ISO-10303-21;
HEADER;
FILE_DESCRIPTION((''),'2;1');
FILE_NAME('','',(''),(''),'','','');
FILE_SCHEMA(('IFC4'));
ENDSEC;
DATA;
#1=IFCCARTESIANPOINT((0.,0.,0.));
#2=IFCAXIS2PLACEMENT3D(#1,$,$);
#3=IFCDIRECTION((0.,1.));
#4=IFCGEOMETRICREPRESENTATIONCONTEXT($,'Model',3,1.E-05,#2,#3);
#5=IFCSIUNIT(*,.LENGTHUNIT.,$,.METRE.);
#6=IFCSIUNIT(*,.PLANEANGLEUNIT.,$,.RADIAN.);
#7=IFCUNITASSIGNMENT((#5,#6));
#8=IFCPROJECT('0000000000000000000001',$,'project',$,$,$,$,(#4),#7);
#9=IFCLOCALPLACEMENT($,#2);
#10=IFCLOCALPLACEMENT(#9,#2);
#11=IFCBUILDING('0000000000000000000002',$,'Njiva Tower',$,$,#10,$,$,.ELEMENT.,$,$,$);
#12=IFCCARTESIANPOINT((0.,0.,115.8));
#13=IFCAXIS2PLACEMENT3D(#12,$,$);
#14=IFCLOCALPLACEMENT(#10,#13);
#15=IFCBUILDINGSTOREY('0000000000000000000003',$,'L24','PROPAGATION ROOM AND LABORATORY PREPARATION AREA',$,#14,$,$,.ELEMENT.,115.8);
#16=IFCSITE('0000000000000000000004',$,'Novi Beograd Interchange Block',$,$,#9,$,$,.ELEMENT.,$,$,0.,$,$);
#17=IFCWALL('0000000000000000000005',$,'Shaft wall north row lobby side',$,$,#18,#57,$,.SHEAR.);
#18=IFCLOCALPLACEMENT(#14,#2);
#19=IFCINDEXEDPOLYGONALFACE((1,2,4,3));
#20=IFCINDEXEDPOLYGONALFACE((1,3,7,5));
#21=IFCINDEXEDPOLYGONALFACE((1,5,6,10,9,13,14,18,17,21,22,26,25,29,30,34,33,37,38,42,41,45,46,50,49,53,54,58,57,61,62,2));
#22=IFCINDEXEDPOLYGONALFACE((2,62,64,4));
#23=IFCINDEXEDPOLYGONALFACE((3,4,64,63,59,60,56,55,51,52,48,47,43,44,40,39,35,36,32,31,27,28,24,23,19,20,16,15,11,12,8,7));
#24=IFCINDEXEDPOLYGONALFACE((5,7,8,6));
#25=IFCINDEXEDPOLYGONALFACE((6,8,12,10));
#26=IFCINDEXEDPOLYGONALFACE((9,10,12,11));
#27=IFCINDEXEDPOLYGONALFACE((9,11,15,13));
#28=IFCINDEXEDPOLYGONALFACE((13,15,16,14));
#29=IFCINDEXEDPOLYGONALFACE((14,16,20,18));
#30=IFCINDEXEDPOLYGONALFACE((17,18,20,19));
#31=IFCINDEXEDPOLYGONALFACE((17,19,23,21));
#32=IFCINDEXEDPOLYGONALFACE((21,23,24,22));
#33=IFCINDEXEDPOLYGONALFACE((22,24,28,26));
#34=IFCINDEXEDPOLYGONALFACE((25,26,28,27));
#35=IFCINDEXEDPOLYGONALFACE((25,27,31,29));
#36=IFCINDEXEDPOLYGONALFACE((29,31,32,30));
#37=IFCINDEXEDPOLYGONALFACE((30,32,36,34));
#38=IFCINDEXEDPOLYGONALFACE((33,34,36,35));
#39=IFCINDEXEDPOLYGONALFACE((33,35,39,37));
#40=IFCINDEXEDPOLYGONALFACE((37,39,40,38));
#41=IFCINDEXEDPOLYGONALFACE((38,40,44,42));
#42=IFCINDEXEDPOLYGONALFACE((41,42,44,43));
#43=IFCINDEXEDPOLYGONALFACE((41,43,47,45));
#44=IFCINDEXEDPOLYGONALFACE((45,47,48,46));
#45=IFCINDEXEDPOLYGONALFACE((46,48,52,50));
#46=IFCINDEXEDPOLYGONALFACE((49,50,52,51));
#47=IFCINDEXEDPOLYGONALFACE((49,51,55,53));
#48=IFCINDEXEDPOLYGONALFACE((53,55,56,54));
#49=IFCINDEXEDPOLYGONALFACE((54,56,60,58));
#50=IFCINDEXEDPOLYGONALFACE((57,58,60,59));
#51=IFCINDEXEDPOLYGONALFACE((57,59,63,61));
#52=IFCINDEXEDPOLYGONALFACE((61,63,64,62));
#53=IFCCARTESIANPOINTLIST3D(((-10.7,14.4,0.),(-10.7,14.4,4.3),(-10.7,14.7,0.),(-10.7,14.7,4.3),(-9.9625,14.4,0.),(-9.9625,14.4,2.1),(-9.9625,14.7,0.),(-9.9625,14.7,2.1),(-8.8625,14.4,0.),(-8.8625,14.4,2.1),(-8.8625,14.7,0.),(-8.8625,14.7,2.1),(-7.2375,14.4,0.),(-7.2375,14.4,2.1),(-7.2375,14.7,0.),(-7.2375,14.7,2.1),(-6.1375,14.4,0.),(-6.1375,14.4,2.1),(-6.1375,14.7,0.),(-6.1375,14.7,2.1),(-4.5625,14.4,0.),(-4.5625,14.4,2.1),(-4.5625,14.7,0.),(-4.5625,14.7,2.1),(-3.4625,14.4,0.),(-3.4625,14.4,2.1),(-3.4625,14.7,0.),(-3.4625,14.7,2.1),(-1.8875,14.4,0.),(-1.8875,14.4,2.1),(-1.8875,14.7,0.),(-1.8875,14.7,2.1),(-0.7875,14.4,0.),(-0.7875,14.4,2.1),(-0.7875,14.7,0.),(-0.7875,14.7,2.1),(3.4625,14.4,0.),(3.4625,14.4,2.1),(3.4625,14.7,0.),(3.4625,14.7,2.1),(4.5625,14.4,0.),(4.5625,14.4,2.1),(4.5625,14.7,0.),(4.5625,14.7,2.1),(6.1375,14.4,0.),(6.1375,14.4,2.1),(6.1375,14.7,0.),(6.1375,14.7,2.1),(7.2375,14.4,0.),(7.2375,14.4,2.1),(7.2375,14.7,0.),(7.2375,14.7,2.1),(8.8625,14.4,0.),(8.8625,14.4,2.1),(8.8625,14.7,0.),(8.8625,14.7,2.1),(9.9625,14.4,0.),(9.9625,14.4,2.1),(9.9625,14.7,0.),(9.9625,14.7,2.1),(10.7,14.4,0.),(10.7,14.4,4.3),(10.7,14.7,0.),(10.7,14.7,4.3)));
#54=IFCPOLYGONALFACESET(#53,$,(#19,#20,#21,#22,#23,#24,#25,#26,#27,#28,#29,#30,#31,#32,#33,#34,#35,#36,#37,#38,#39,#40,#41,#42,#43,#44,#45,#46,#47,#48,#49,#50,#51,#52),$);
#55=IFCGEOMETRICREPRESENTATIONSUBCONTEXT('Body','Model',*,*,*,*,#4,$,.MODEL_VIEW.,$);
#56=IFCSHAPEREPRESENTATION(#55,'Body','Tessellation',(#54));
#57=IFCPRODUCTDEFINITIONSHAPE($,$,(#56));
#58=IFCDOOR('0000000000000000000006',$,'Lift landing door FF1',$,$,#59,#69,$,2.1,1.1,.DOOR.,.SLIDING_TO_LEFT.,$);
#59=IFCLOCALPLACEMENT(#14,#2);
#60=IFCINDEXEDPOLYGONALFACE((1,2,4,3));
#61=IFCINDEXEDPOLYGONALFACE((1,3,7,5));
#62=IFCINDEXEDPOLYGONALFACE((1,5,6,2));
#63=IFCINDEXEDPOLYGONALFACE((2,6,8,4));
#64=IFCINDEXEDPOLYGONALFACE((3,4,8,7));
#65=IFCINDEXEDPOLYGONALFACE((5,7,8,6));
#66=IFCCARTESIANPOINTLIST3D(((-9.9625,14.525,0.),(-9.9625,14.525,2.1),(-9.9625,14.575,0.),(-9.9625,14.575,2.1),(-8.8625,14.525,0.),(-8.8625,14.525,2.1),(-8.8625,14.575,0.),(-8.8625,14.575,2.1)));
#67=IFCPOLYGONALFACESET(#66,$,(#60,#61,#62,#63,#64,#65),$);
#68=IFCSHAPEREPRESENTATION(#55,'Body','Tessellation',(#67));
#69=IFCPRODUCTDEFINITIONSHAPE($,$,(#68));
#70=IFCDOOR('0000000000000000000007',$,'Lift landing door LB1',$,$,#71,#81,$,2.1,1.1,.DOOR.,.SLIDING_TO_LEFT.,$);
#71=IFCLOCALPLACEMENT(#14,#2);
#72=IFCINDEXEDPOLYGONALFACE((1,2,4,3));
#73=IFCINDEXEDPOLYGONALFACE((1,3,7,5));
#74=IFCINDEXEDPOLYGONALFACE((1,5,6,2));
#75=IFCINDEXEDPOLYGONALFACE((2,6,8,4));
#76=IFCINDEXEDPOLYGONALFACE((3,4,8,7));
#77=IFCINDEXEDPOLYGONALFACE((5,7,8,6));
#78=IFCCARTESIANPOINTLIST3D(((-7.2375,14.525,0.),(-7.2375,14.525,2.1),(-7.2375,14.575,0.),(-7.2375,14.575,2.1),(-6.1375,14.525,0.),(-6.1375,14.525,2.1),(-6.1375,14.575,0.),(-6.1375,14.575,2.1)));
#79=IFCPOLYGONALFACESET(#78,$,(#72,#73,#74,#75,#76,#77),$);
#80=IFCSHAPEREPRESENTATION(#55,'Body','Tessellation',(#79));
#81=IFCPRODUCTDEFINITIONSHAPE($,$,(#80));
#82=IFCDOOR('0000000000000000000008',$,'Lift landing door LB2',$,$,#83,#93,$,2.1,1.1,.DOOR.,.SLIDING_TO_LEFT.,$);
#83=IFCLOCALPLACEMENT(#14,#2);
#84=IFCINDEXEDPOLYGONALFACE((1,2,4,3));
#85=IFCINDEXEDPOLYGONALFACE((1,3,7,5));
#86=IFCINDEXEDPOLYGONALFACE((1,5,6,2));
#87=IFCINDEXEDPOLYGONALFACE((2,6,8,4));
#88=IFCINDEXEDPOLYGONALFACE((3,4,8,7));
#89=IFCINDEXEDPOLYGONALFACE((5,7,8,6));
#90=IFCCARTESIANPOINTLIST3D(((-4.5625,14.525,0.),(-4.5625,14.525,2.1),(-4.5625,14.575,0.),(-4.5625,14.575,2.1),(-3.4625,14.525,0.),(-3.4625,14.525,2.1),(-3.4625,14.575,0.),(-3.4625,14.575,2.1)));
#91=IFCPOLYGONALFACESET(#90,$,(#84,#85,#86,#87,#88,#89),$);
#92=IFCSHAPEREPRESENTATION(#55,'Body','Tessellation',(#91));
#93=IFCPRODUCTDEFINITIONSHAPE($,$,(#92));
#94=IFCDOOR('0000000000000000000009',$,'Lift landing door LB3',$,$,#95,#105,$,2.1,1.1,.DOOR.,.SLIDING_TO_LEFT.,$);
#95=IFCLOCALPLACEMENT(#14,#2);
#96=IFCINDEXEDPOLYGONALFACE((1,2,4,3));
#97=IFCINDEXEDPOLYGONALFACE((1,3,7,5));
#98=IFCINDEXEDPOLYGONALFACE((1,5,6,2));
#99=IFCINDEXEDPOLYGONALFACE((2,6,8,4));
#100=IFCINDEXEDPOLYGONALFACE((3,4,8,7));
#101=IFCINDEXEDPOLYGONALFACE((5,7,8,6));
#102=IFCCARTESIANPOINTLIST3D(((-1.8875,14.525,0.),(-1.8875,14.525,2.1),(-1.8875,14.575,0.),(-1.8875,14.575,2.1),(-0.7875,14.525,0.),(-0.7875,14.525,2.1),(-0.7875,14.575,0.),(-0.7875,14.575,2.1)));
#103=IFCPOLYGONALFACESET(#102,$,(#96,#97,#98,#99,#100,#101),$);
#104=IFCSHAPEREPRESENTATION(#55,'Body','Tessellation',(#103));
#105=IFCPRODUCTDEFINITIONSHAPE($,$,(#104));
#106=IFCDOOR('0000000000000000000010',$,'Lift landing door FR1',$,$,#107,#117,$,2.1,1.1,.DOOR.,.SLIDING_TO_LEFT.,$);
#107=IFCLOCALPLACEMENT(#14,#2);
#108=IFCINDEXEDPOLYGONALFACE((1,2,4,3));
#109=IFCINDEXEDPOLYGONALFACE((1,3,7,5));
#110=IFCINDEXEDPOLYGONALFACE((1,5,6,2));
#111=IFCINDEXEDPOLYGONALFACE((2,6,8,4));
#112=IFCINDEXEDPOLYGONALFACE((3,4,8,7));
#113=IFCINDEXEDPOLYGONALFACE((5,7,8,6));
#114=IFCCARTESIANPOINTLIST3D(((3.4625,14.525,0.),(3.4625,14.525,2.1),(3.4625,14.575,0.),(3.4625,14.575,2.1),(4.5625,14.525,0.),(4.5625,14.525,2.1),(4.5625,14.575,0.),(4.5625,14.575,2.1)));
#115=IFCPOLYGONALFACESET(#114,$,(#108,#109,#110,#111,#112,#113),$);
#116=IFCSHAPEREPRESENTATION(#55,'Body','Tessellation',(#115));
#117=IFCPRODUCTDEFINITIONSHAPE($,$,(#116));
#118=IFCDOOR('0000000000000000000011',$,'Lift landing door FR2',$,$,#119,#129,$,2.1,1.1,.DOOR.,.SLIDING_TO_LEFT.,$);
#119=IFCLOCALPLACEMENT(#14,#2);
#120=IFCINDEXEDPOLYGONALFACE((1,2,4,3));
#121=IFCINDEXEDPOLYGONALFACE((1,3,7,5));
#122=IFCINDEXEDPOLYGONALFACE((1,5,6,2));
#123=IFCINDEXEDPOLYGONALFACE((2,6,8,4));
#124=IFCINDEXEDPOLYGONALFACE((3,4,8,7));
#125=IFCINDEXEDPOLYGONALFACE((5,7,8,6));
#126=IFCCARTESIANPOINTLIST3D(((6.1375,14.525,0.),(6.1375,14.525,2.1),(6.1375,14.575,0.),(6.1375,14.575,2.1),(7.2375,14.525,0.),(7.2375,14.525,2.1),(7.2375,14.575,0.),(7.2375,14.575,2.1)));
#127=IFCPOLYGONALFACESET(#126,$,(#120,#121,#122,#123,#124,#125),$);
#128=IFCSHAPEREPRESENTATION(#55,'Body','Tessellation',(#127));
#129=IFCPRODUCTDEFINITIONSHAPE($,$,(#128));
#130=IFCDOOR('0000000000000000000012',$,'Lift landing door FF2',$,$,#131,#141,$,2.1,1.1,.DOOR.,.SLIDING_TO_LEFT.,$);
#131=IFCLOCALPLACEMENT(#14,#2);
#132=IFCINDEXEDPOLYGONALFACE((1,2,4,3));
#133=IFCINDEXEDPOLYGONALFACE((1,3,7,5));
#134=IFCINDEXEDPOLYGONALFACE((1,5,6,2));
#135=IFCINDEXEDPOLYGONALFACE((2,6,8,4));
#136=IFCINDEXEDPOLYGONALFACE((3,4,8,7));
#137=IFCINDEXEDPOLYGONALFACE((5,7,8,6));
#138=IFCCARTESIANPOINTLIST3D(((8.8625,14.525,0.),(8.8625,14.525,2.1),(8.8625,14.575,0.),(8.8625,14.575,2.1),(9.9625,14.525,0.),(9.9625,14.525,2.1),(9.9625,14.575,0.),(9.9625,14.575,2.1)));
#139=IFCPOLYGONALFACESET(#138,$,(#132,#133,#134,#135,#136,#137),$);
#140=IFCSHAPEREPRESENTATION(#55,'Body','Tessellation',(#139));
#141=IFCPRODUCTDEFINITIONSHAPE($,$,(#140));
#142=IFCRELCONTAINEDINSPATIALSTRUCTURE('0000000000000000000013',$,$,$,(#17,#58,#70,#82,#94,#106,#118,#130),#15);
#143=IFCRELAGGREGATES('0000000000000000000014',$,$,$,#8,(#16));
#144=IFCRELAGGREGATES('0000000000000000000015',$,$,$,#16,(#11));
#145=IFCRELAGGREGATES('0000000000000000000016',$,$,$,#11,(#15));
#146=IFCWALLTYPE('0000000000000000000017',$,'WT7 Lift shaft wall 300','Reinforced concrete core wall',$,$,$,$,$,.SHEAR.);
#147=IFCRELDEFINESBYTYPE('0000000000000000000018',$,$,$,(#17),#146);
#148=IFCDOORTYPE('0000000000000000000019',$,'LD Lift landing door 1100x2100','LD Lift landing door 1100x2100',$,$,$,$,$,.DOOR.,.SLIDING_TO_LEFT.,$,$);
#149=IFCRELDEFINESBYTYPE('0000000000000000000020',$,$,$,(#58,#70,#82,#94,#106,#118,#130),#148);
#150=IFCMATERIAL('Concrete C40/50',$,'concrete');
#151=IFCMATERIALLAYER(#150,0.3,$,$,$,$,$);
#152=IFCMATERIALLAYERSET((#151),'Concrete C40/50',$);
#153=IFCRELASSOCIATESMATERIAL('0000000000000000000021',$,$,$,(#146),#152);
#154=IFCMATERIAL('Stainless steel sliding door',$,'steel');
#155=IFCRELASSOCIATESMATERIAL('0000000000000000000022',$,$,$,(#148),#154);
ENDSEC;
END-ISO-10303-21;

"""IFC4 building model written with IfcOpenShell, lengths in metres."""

from ifc_helpers import new_model, si_unit, direction, frame, frame_2d, origin, place, context, subcontext, project, spatial, rectangle, extrude, material, layer, layer_set, type_object, element, fill, save


model = new_model("IFC4")

# Units and contexts
model_context = context("Model", 3, precision=1e-05, world=origin(), true_north=direction((0.0, 1.0)))
body_context = subcontext(model_context, "Body", "Model", "MODEL_VIEW")
ifc_project = project(units=[si_unit("LENGTHUNIT", "METRE"), si_unit("PLANEANGLEUNIT", "RADIAN")], contexts=[model_context])

# Site, building, storey
site_placement = place(None, origin())
site = spatial("IfcSite", under=ifc_project, at=site_placement, Name="Novi Beograd Interchange Block", CompositionType="ELEMENT", RefElevation=0.0)
building_placement = place(site_placement, origin())
building = spatial("IfcBuilding", under=site, at=building_placement, Name="Njiva Tower", CompositionType="ELEMENT")
storey_placement = place(building_placement, frame((0.0, 0.0, 115.8)))
storey = spatial("IfcBuildingStorey", under=building, at=storey_placement, Name="L24", Description="PROPAGATION ROOM AND LABORATORY PREPARATION AREA", CompositionType="ELEMENT", Elevation=115.8)

# Shared definitions
ifc_material_1 = material(Name="Concrete C40/50", Category="concrete")

# Wall, openings, doors
ifc_layer_1 = layer(ifc_material_1, 0.3)
ifc_layer_set_1 = layer_set([ifc_layer_1], Name="Concrete C40/50")
wall_type_1 = type_object("IfcWallType", Name="WT7 Lift shaft wall 300", Description="Reinforced concrete core wall", PredefinedType="SHEAR", material=ifc_layer_set_1)
wall_1_placement = place(storey_placement, frame((-10.7, 14.55, 0.0), z_axis=(0.0, 0.0, 1.0), x_axis=(1.0, 0.0, 0.0)))
wall_1 = element("IfcWall", 1, at=wall_1_placement, inside=storey, type_object=wall_type_1, Name="Shaft wall north row lobby side", PredefinedType="SHEAR", context=body_context, shape_type="SweptSolid", body=[
    extrude(rectangle(XDim=21.4, YDim=0.3, at=frame_2d((10.7, 0.0))), origin(), (0.0, 0.0, 1.0), 4.3),
])
opening_1_placement = place(wall_1_placement, frame((0.7375, 0.0, 0.0)))
opening_1 = element("IfcOpeningElement", 2, at=opening_1_placement, cuts=wall_1, PredefinedType="OPENING", context=body_context, shape_type="SweptSolid", body=[
    extrude(rectangle(XDim=1.1, YDim=2.1, at=frame_2d((0.55, 1.05))), frame((0.0, 0.16, 0.0), z_axis=(0.0, -1.0, 0.0), x_axis=(1.0, 0.0, 0.0)), (0.0, 0.0, 1.0), 0.32),
])
opening_2_placement = place(wall_1_placement, frame((3.4625, 0.0, 0.0)))
opening_2 = element("IfcOpeningElement", 3, at=opening_2_placement, cuts=wall_1, PredefinedType="OPENING", context=body_context, shape_type="SweptSolid", body=[
    extrude(rectangle(XDim=1.1, YDim=2.1, at=frame_2d((0.55, 1.05))), frame((0.0, 0.16, 0.0), z_axis=(0.0, -1.0, 0.0), x_axis=(1.0, 0.0, 0.0)), (0.0, 0.0, 1.0), 0.32),
])
opening_3_placement = place(wall_1_placement, frame((6.1375, 0.0, 0.0)))
opening_3 = element("IfcOpeningElement", 4, at=opening_3_placement, cuts=wall_1, PredefinedType="OPENING", context=body_context, shape_type="SweptSolid", body=[
    extrude(rectangle(XDim=1.1, YDim=2.1, at=frame_2d((0.55, 1.05))), frame((0.0, 0.16, 0.0), z_axis=(0.0, -1.0, 0.0), x_axis=(1.0, 0.0, 0.0)), (0.0, 0.0, 1.0), 0.32),
])
opening_4_placement = place(wall_1_placement, frame((8.8125, 0.0, 0.0)))
opening_4 = element("IfcOpeningElement", 5, at=opening_4_placement, cuts=wall_1, PredefinedType="OPENING", context=body_context, shape_type="SweptSolid", body=[
    extrude(rectangle(XDim=1.1, YDim=2.1, at=frame_2d((0.55, 1.05))), frame((0.0, 0.16, 0.0), z_axis=(0.0, -1.0, 0.0), x_axis=(1.0, 0.0, 0.0)), (0.0, 0.0, 1.0), 0.32),
])
opening_5_placement = place(wall_1_placement, frame((14.1625, 0.0, 0.0)))
opening_5 = element("IfcOpeningElement", 6, at=opening_5_placement, cuts=wall_1, PredefinedType="OPENING", context=body_context, shape_type="SweptSolid", body=[
    extrude(rectangle(XDim=1.1, YDim=2.1, at=frame_2d((0.55, 1.05))), frame((0.0, 0.16, 0.0), z_axis=(0.0, -1.0, 0.0), x_axis=(1.0, 0.0, 0.0)), (0.0, 0.0, 1.0), 0.32),
])
opening_6_placement = place(wall_1_placement, frame((16.8375, 0.0, 0.0)))
opening_6 = element("IfcOpeningElement", 7, at=opening_6_placement, cuts=wall_1, PredefinedType="OPENING", context=body_context, shape_type="SweptSolid", body=[
    extrude(rectangle(XDim=1.1, YDim=2.1, at=frame_2d((0.55, 1.05))), frame((0.0, 0.16, 0.0), z_axis=(0.0, -1.0, 0.0), x_axis=(1.0, 0.0, 0.0)), (0.0, 0.0, 1.0), 0.32),
])
opening_7_placement = place(wall_1_placement, frame((19.5625, 0.0, 0.0)))
opening_7 = element("IfcOpeningElement", 8, at=opening_7_placement, cuts=wall_1, PredefinedType="OPENING", context=body_context, shape_type="SweptSolid", body=[
    extrude(rectangle(XDim=1.1, YDim=2.1, at=frame_2d((0.55, 1.05))), frame((0.0, 0.16, 0.0), z_axis=(0.0, -1.0, 0.0), x_axis=(1.0, 0.0, 0.0)), (0.0, 0.0, 1.0), 0.32),
])
ifc_material_2 = material(Name="Stainless steel sliding door", Category="steel")
door_type_1 = type_object("IfcDoorType", Name="LD Lift landing door 1100x2100", Description="LD Lift landing door 1100x2100", OperationType="SLIDING_TO_LEFT", PredefinedType="DOOR", material=ifc_material_2)
door_1_placement = place(opening_1_placement, origin())
door_1 = element("IfcDoor", 9, at=door_1_placement, inside=storey, type_object=door_type_1, Name="Lift landing door FF1", OperationType="SLIDING_TO_LEFT", OverallHeight=2.1, OverallWidth=1.1, PredefinedType="DOOR", context=body_context, shape_type="SweptSolid", body=[
    extrude(rectangle(XDim=1.1, YDim=2.1, at=frame_2d((0.55, 1.05))), frame((0.0, 0.025, 0.0), z_axis=(0.0, -1.0, 0.0), x_axis=(1.0, 0.0, 0.0)), (0.0, 0.0, 1.0), 0.05),
])
fill(opening_1, door_1)
door_2_placement = place(opening_2_placement, origin())
door_2 = element("IfcDoor", 10, at=door_2_placement, inside=storey, type_object=door_type_1, Name="Lift landing door LB1", OperationType="SLIDING_TO_LEFT", OverallHeight=2.1, OverallWidth=1.1, PredefinedType="DOOR", context=body_context, shape_type="SweptSolid", body=[
    extrude(rectangle(XDim=1.1, YDim=2.1, at=frame_2d((0.55, 1.05))), frame((0.0, 0.025, 0.0), z_axis=(0.0, -1.0, 0.0), x_axis=(1.0, 0.0, 0.0)), (0.0, 0.0, 1.0), 0.05),
])
fill(opening_2, door_2)
door_3_placement = place(opening_3_placement, origin())
door_3 = element("IfcDoor", 11, at=door_3_placement, inside=storey, type_object=door_type_1, Name="Lift landing door LB2", OperationType="SLIDING_TO_LEFT", OverallHeight=2.1, OverallWidth=1.1, PredefinedType="DOOR", context=body_context, shape_type="SweptSolid", body=[
    extrude(rectangle(XDim=1.1, YDim=2.1, at=frame_2d((0.55, 1.05))), frame((0.0, 0.025, 0.0), z_axis=(0.0, -1.0, 0.0), x_axis=(1.0, 0.0, 0.0)), (0.0, 0.0, 1.0), 0.05),
])
fill(opening_3, door_3)
door_4_placement = place(opening_4_placement, origin())
door_4 = element("IfcDoor", 12, at=door_4_placement, inside=storey, type_object=door_type_1, Name="Lift landing door LB3", OperationType="SLIDING_TO_LEFT", OverallHeight=2.1, OverallWidth=1.1, PredefinedType="DOOR", context=body_context, shape_type="SweptSolid", body=[
    extrude(rectangle(XDim=1.1, YDim=2.1, at=frame_2d((0.55, 1.05))), frame((0.0, 0.025, 0.0), z_axis=(0.0, -1.0, 0.0), x_axis=(1.0, 0.0, 0.0)), (0.0, 0.0, 1.0), 0.05),
])
fill(opening_4, door_4)
door_5_placement = place(opening_5_placement, origin())
door_5 = element("IfcDoor", 13, at=door_5_placement, inside=storey, type_object=door_type_1, Name="Lift landing door FR1", OperationType="SLIDING_TO_LEFT", OverallHeight=2.1, OverallWidth=1.1, PredefinedType="DOOR", context=body_context, shape_type="SweptSolid", body=[
    extrude(rectangle(XDim=1.1, YDim=2.1, at=frame_2d((0.55, 1.05))), frame((0.0, 0.025, 0.0), z_axis=(0.0, -1.0, 0.0), x_axis=(1.0, 0.0, 0.0)), (0.0, 0.0, 1.0), 0.05),
])
fill(opening_5, door_5)
door_6_placement = place(opening_6_placement, origin())
door_6 = element("IfcDoor", 14, at=door_6_placement, inside=storey, type_object=door_type_1, Name="Lift landing door FR2", OperationType="SLIDING_TO_LEFT", OverallHeight=2.1, OverallWidth=1.1, PredefinedType="DOOR", context=body_context, shape_type="SweptSolid", body=[
    extrude(rectangle(XDim=1.1, YDim=2.1, at=frame_2d((0.55, 1.05))), frame((0.0, 0.025, 0.0), z_axis=(0.0, -1.0, 0.0), x_axis=(1.0, 0.0, 0.0)), (0.0, 0.0, 1.0), 0.05),
])
fill(opening_6, door_6)
door_7_placement = place(opening_7_placement, origin())
door_7 = element("IfcDoor", 15, at=door_7_placement, inside=storey, type_object=door_type_1, Name="Lift landing door FF2", OperationType="SLIDING_TO_LEFT", OverallHeight=2.1, OverallWidth=1.1, PredefinedType="DOOR", context=body_context, shape_type="SweptSolid", body=[
    extrude(rectangle(XDim=1.1, YDim=2.1, at=frame_2d((0.55, 1.05))), frame((0.0, 0.025, 0.0), z_axis=(0.0, -1.0, 0.0), x_axis=(1.0, 0.0, 0.0)), (0.0, 0.0, 1.0), 0.05),
])
fill(opening_7, door_7)

save(model, "model.ifc")
